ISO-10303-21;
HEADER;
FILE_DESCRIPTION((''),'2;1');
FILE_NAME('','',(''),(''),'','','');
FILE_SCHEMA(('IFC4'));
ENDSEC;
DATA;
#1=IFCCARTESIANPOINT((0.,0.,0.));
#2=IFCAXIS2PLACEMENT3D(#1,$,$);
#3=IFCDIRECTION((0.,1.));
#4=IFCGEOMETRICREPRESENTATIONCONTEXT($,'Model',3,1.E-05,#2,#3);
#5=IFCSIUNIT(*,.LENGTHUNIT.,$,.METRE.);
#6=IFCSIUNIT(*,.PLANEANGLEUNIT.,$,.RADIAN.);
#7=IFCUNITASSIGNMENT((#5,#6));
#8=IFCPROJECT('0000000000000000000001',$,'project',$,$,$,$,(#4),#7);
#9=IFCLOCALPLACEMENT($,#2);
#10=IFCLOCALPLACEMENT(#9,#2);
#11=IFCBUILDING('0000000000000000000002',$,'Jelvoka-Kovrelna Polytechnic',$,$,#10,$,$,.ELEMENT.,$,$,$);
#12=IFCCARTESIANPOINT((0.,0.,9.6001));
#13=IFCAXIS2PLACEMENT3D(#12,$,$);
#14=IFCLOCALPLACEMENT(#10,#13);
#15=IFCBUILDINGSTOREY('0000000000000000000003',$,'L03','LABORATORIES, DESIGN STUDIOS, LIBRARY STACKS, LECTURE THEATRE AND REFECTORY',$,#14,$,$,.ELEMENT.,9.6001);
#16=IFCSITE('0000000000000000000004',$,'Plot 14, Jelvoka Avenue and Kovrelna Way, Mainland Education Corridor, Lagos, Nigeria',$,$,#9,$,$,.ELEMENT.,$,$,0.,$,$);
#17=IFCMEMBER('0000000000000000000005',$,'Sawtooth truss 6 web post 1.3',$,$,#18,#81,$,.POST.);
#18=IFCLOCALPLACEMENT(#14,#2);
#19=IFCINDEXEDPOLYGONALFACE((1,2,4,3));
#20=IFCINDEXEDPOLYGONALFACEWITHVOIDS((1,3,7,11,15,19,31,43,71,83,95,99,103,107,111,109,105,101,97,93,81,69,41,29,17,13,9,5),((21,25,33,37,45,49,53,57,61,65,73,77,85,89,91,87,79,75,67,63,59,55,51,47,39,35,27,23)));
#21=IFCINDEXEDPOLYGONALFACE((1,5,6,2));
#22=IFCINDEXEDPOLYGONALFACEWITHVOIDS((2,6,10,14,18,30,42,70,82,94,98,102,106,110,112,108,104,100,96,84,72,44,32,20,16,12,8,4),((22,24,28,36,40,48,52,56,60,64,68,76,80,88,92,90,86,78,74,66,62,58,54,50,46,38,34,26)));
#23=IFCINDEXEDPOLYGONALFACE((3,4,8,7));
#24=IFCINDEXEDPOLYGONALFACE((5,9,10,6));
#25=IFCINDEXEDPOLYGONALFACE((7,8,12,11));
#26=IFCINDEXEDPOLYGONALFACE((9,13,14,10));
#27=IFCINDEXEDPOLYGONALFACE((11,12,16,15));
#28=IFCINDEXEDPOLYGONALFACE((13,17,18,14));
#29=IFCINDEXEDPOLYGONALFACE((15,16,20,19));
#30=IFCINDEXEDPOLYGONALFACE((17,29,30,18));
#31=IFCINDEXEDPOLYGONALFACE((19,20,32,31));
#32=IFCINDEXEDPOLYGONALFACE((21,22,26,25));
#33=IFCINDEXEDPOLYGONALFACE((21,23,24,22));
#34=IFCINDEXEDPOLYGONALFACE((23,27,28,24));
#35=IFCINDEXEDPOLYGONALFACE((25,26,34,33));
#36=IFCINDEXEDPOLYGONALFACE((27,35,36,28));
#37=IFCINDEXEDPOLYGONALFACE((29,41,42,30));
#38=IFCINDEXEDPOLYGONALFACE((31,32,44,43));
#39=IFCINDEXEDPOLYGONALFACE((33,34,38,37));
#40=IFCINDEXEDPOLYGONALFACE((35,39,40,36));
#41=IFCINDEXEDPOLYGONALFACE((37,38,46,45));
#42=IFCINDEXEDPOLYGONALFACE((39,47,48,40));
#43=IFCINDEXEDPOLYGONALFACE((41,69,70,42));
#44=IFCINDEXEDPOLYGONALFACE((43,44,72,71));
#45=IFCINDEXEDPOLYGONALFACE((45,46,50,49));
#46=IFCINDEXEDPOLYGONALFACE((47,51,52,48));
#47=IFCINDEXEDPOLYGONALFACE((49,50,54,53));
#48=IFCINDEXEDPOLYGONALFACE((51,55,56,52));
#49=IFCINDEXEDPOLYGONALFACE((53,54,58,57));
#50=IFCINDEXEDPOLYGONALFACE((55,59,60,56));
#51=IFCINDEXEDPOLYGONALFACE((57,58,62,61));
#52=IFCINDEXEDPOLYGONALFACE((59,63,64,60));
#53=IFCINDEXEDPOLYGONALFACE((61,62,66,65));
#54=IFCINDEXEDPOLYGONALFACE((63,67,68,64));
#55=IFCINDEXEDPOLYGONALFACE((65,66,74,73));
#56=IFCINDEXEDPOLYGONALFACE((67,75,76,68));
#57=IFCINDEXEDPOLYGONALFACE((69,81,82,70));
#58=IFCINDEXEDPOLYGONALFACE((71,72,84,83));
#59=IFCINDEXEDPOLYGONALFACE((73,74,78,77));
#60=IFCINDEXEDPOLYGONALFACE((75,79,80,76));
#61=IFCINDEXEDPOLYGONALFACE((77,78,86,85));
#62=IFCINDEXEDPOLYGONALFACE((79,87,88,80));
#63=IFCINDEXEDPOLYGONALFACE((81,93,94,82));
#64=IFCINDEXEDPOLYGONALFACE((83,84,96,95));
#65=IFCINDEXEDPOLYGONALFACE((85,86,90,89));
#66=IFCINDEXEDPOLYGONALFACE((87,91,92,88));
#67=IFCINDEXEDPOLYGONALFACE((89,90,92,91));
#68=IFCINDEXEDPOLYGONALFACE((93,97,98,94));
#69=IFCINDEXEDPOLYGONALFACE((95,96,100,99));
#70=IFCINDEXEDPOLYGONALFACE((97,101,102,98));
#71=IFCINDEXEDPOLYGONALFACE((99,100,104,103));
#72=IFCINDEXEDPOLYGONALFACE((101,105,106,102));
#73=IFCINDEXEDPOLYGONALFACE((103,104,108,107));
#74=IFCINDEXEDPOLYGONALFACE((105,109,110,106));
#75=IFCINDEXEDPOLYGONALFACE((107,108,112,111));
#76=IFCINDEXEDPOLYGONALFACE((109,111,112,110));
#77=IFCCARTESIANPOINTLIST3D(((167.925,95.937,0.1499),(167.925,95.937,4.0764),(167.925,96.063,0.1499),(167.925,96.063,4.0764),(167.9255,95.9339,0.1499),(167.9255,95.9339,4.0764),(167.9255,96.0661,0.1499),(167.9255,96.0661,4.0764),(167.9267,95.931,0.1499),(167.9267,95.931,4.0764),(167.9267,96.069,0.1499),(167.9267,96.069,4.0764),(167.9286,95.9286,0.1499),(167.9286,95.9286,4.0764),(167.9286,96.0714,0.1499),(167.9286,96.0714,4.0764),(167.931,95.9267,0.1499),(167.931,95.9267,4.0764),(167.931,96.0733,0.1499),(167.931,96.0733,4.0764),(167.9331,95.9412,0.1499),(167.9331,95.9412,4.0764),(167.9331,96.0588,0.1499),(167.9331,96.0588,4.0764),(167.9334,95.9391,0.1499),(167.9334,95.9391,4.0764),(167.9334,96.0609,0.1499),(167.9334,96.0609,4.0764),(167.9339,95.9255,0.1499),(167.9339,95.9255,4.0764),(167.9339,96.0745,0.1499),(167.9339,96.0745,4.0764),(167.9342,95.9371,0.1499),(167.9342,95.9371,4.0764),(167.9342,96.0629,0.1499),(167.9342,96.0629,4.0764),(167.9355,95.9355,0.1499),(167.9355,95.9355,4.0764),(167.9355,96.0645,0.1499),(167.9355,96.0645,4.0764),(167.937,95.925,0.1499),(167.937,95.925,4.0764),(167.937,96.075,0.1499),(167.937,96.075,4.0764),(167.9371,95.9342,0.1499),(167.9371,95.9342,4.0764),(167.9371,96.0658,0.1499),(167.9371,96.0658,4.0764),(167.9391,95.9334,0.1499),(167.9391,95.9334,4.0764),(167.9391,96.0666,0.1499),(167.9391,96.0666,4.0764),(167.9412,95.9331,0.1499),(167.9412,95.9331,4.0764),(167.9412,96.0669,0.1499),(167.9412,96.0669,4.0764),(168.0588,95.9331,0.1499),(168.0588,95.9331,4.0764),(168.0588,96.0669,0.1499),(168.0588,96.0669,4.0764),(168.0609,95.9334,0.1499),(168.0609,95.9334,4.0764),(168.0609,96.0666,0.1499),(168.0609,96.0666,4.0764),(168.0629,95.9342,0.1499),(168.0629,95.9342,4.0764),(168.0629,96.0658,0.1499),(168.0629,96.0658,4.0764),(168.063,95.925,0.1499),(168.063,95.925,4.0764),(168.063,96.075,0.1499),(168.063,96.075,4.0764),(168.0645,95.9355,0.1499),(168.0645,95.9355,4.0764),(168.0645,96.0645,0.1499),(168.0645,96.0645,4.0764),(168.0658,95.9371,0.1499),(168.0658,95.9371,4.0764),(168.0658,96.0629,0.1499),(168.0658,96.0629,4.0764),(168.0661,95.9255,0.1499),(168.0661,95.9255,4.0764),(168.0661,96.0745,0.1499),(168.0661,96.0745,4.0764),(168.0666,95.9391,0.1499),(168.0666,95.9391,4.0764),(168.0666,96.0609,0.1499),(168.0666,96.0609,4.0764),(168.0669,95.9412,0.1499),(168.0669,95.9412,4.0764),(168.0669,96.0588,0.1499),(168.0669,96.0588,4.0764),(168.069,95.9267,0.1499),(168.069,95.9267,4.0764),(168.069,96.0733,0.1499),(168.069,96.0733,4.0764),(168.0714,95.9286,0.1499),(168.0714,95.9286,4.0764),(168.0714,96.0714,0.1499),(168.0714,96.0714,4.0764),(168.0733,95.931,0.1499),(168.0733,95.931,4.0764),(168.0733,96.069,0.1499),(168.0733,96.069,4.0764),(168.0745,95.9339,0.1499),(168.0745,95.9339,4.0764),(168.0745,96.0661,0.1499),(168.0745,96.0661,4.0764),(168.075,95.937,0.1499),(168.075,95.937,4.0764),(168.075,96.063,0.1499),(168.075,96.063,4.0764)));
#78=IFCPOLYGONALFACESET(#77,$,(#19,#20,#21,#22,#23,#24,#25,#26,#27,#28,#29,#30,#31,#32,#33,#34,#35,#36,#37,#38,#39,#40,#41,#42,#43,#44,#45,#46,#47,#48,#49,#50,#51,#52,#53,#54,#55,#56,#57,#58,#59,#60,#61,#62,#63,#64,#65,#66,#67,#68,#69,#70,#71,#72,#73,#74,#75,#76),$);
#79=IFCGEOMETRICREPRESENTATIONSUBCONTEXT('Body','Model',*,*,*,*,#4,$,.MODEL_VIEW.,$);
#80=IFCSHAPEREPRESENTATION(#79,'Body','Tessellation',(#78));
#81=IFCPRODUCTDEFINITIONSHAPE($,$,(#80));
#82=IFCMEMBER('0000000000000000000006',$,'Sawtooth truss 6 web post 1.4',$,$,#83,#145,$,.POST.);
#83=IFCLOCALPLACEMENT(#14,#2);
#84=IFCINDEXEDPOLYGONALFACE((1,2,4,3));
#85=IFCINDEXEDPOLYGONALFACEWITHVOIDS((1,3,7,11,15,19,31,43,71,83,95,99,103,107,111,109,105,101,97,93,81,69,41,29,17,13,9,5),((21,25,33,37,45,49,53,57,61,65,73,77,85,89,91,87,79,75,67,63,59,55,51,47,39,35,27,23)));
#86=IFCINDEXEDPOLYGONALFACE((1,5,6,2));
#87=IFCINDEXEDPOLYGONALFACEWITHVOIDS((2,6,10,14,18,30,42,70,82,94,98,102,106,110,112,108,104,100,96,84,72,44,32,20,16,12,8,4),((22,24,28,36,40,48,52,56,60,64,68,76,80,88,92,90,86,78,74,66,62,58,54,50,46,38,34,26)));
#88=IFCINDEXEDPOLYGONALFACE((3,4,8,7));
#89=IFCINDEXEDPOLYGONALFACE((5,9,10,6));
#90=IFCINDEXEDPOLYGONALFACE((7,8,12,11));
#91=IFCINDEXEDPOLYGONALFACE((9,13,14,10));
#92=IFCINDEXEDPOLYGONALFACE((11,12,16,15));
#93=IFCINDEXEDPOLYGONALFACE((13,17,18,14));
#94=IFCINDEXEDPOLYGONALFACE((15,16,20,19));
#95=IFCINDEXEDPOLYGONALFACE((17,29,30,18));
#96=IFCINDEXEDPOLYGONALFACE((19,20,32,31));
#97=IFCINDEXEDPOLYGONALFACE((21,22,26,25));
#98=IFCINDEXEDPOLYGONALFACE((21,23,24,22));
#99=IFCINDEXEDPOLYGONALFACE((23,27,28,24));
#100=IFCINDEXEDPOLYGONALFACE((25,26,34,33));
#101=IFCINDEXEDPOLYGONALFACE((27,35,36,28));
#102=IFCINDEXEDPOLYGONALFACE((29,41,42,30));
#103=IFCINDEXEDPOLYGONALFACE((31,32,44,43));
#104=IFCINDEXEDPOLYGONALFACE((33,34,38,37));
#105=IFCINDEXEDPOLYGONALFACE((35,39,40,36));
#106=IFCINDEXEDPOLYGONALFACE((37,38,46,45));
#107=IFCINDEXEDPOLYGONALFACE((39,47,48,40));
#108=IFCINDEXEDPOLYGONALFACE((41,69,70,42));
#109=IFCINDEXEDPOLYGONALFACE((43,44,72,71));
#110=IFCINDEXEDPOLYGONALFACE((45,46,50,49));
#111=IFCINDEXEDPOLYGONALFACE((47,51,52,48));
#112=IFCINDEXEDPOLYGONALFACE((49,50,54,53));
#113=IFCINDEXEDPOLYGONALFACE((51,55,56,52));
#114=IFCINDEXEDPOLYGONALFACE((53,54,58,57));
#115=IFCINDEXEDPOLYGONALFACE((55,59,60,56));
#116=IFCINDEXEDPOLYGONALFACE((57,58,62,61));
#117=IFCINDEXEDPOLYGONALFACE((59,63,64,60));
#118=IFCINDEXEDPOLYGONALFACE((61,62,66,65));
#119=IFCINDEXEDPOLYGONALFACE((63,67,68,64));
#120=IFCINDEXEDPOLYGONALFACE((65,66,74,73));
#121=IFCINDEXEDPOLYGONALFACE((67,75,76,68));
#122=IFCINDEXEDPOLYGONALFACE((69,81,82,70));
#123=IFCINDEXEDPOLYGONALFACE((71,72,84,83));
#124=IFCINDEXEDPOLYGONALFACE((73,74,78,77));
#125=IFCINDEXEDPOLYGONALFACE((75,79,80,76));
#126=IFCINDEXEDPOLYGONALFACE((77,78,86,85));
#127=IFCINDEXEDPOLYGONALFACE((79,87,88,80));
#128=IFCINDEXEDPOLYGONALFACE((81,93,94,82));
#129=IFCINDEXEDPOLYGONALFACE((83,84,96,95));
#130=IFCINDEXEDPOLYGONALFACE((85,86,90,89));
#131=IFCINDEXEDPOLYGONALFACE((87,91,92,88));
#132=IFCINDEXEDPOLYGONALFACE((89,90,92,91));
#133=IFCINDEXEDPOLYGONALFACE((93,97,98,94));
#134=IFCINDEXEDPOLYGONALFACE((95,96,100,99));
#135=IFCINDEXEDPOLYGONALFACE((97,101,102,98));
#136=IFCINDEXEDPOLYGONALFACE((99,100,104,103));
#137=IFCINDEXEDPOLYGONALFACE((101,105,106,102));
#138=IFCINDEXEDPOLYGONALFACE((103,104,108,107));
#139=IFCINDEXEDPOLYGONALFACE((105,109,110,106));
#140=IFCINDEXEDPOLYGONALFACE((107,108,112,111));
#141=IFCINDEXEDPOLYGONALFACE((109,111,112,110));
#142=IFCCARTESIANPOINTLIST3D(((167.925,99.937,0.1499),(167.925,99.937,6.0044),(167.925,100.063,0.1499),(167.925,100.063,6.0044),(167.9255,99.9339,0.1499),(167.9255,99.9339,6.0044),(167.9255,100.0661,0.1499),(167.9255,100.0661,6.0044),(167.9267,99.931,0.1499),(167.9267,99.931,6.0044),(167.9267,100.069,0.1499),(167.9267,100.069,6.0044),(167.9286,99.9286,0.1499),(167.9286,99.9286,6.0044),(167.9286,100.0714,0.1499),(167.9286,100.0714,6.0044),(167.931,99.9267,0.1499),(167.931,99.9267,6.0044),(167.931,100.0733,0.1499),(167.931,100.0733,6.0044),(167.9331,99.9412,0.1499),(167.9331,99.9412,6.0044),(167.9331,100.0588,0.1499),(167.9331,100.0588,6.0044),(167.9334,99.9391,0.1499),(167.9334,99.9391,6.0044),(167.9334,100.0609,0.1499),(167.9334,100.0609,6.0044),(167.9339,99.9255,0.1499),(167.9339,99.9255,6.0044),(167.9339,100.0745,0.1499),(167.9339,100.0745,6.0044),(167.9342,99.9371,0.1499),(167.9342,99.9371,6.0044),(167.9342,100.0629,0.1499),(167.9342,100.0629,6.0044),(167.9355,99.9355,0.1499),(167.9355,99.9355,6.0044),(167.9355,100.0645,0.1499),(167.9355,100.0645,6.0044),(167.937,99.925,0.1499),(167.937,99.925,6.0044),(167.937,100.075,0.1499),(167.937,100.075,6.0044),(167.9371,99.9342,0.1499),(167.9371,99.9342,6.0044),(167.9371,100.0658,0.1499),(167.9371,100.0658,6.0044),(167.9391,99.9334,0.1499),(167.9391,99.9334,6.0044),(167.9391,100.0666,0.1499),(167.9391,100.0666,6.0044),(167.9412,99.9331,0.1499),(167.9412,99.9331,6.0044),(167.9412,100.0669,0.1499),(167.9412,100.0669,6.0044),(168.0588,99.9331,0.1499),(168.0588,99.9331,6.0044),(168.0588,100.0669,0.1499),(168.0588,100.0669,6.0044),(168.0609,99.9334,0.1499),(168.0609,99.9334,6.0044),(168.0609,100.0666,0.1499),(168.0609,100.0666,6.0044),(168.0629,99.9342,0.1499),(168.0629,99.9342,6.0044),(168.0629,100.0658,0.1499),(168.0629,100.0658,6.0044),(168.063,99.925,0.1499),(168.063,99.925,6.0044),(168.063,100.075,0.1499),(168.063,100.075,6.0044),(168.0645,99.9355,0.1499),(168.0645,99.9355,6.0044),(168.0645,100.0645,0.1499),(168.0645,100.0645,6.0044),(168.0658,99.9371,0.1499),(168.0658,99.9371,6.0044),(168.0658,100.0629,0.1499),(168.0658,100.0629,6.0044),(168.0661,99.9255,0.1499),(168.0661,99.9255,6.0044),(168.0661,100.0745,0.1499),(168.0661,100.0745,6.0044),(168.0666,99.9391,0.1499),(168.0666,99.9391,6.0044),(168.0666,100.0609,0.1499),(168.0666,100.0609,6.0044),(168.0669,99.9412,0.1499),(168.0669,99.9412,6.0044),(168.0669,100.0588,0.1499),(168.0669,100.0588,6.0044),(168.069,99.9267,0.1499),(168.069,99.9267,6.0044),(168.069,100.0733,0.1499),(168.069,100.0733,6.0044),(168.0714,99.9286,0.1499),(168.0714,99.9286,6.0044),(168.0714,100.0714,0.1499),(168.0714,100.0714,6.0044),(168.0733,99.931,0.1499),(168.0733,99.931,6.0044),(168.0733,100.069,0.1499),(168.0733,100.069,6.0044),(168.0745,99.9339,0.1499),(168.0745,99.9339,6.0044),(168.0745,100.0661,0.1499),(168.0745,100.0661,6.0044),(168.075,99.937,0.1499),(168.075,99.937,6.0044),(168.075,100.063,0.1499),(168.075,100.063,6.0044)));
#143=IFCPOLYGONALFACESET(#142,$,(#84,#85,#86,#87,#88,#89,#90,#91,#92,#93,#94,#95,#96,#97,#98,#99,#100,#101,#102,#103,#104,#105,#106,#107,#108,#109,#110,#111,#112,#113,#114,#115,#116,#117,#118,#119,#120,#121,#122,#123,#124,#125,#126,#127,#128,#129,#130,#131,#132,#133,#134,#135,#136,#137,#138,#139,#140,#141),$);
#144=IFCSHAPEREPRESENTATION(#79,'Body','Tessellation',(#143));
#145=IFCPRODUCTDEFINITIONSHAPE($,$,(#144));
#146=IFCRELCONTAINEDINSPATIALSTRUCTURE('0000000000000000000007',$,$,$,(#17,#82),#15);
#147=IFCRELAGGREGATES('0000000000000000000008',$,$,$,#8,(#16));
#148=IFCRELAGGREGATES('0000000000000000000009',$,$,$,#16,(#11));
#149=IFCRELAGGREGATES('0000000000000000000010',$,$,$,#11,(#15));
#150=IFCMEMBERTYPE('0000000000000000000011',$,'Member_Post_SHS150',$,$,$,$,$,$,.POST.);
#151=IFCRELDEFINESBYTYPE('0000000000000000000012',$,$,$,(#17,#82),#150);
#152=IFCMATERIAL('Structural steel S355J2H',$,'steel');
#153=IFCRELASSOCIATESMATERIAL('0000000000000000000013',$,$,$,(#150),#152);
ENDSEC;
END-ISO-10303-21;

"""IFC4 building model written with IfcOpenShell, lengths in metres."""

from ifc_helpers import new_model, si_unit, direction, frame, origin, origin_2d, place, context, subcontext, project, spatial, hollow_rectangle, extrude, material, material_profile, profile_set, type_object, element, save


model = new_model("IFC4")

# Units and contexts
model_context = context("Model", 3, precision=1e-05, world=origin(), true_north=direction((0.0, 1.0)))
body_context = subcontext(model_context, "Body", "Model", "MODEL_VIEW")
ifc_project = project(units=[si_unit("LENGTHUNIT", "METRE"), si_unit("PLANEANGLEUNIT", "RADIAN")], contexts=[model_context])

# Site, building, storey
site_placement = place(None, origin())
site = spatial("IfcSite", under=ifc_project, at=site_placement, Name="Plot 14, Jelvoka Avenue and Kovrelna Way, Mainland Education Corridor, Lagos, Nigeria", CompositionType="ELEMENT", RefElevation=0.0)
building_placement = place(site_placement, origin())
building = spatial("IfcBuilding", under=site, at=building_placement, Name="Jelvoka-Kovrelna Polytechnic", CompositionType="ELEMENT")
storey_placement = place(building_placement, frame((0.0, 0.0, 9.6001)))
storey = spatial("IfcBuildingStorey", under=building, at=storey_placement, Name="L03", Description="LABORATORIES, DESIGN STUDIOS, LIBRARY STACKS, LECTURE THEATRE AND REFECTORY", CompositionType="ELEMENT", Elevation=9.6001)

# Members
ifc_material_1 = material(Name="Structural steel S355J2H", Category="steel")
ifc_material_profile_1 = material_profile(ifc_material_1, hollow_rectangle(XDim=0.1499, YDim=0.1499, WallThickness=0.0081, InnerFilletRadius=0.0081, OuterFilletRadius=0.012, at=origin_2d()), Name="150x150x8.0 SHS")
ifc_profile_set_1 = profile_set([ifc_material_profile_1], Name="Structural steel S355J2H")
member_type_1 = type_object("IfcMemberType", Name="Member_Post_SHS150", PredefinedType="POST", material=ifc_profile_set_1)
member_1_placement = place(storey_placement, frame((168.0, 96.0, 0.1499), z_axis=(0.0, 0.0, 1.0), x_axis=(1.0, 0.0, 0.0)))
element("IfcMember", 1, at=member_1_placement, inside=storey, type_object=member_type_1, Name="Sawtooth truss 6 web post 1.3", PredefinedType="POST", context=body_context, shape_type="SweptSolid", body=[
    extrude(hollow_rectangle(XDim=0.1499, YDim=0.1499, WallThickness=0.0081, InnerFilletRadius=0.0081, OuterFilletRadius=0.012, at=origin_2d()), origin(), (0.0, 0.0, 1.0), 3.9265),
])
member_2_placement = place(storey_placement, frame((168.0, 100.0, 0.1499), z_axis=(0.0, 0.0, 1.0), x_axis=(1.0, 0.0, 0.0)))
element("IfcMember", 2, at=member_2_placement, inside=storey, type_object=member_type_1, Name="Sawtooth truss 6 web post 1.4", PredefinedType="POST", context=body_context, shape_type="SweptSolid", body=[
    extrude(hollow_rectangle(XDim=0.1499, YDim=0.1499, WallThickness=0.0081, InnerFilletRadius=0.0081, OuterFilletRadius=0.012, at=origin_2d()), origin(), (0.0, 0.0, 1.0), 5.8545),
])

save(model, "model.ifc")
